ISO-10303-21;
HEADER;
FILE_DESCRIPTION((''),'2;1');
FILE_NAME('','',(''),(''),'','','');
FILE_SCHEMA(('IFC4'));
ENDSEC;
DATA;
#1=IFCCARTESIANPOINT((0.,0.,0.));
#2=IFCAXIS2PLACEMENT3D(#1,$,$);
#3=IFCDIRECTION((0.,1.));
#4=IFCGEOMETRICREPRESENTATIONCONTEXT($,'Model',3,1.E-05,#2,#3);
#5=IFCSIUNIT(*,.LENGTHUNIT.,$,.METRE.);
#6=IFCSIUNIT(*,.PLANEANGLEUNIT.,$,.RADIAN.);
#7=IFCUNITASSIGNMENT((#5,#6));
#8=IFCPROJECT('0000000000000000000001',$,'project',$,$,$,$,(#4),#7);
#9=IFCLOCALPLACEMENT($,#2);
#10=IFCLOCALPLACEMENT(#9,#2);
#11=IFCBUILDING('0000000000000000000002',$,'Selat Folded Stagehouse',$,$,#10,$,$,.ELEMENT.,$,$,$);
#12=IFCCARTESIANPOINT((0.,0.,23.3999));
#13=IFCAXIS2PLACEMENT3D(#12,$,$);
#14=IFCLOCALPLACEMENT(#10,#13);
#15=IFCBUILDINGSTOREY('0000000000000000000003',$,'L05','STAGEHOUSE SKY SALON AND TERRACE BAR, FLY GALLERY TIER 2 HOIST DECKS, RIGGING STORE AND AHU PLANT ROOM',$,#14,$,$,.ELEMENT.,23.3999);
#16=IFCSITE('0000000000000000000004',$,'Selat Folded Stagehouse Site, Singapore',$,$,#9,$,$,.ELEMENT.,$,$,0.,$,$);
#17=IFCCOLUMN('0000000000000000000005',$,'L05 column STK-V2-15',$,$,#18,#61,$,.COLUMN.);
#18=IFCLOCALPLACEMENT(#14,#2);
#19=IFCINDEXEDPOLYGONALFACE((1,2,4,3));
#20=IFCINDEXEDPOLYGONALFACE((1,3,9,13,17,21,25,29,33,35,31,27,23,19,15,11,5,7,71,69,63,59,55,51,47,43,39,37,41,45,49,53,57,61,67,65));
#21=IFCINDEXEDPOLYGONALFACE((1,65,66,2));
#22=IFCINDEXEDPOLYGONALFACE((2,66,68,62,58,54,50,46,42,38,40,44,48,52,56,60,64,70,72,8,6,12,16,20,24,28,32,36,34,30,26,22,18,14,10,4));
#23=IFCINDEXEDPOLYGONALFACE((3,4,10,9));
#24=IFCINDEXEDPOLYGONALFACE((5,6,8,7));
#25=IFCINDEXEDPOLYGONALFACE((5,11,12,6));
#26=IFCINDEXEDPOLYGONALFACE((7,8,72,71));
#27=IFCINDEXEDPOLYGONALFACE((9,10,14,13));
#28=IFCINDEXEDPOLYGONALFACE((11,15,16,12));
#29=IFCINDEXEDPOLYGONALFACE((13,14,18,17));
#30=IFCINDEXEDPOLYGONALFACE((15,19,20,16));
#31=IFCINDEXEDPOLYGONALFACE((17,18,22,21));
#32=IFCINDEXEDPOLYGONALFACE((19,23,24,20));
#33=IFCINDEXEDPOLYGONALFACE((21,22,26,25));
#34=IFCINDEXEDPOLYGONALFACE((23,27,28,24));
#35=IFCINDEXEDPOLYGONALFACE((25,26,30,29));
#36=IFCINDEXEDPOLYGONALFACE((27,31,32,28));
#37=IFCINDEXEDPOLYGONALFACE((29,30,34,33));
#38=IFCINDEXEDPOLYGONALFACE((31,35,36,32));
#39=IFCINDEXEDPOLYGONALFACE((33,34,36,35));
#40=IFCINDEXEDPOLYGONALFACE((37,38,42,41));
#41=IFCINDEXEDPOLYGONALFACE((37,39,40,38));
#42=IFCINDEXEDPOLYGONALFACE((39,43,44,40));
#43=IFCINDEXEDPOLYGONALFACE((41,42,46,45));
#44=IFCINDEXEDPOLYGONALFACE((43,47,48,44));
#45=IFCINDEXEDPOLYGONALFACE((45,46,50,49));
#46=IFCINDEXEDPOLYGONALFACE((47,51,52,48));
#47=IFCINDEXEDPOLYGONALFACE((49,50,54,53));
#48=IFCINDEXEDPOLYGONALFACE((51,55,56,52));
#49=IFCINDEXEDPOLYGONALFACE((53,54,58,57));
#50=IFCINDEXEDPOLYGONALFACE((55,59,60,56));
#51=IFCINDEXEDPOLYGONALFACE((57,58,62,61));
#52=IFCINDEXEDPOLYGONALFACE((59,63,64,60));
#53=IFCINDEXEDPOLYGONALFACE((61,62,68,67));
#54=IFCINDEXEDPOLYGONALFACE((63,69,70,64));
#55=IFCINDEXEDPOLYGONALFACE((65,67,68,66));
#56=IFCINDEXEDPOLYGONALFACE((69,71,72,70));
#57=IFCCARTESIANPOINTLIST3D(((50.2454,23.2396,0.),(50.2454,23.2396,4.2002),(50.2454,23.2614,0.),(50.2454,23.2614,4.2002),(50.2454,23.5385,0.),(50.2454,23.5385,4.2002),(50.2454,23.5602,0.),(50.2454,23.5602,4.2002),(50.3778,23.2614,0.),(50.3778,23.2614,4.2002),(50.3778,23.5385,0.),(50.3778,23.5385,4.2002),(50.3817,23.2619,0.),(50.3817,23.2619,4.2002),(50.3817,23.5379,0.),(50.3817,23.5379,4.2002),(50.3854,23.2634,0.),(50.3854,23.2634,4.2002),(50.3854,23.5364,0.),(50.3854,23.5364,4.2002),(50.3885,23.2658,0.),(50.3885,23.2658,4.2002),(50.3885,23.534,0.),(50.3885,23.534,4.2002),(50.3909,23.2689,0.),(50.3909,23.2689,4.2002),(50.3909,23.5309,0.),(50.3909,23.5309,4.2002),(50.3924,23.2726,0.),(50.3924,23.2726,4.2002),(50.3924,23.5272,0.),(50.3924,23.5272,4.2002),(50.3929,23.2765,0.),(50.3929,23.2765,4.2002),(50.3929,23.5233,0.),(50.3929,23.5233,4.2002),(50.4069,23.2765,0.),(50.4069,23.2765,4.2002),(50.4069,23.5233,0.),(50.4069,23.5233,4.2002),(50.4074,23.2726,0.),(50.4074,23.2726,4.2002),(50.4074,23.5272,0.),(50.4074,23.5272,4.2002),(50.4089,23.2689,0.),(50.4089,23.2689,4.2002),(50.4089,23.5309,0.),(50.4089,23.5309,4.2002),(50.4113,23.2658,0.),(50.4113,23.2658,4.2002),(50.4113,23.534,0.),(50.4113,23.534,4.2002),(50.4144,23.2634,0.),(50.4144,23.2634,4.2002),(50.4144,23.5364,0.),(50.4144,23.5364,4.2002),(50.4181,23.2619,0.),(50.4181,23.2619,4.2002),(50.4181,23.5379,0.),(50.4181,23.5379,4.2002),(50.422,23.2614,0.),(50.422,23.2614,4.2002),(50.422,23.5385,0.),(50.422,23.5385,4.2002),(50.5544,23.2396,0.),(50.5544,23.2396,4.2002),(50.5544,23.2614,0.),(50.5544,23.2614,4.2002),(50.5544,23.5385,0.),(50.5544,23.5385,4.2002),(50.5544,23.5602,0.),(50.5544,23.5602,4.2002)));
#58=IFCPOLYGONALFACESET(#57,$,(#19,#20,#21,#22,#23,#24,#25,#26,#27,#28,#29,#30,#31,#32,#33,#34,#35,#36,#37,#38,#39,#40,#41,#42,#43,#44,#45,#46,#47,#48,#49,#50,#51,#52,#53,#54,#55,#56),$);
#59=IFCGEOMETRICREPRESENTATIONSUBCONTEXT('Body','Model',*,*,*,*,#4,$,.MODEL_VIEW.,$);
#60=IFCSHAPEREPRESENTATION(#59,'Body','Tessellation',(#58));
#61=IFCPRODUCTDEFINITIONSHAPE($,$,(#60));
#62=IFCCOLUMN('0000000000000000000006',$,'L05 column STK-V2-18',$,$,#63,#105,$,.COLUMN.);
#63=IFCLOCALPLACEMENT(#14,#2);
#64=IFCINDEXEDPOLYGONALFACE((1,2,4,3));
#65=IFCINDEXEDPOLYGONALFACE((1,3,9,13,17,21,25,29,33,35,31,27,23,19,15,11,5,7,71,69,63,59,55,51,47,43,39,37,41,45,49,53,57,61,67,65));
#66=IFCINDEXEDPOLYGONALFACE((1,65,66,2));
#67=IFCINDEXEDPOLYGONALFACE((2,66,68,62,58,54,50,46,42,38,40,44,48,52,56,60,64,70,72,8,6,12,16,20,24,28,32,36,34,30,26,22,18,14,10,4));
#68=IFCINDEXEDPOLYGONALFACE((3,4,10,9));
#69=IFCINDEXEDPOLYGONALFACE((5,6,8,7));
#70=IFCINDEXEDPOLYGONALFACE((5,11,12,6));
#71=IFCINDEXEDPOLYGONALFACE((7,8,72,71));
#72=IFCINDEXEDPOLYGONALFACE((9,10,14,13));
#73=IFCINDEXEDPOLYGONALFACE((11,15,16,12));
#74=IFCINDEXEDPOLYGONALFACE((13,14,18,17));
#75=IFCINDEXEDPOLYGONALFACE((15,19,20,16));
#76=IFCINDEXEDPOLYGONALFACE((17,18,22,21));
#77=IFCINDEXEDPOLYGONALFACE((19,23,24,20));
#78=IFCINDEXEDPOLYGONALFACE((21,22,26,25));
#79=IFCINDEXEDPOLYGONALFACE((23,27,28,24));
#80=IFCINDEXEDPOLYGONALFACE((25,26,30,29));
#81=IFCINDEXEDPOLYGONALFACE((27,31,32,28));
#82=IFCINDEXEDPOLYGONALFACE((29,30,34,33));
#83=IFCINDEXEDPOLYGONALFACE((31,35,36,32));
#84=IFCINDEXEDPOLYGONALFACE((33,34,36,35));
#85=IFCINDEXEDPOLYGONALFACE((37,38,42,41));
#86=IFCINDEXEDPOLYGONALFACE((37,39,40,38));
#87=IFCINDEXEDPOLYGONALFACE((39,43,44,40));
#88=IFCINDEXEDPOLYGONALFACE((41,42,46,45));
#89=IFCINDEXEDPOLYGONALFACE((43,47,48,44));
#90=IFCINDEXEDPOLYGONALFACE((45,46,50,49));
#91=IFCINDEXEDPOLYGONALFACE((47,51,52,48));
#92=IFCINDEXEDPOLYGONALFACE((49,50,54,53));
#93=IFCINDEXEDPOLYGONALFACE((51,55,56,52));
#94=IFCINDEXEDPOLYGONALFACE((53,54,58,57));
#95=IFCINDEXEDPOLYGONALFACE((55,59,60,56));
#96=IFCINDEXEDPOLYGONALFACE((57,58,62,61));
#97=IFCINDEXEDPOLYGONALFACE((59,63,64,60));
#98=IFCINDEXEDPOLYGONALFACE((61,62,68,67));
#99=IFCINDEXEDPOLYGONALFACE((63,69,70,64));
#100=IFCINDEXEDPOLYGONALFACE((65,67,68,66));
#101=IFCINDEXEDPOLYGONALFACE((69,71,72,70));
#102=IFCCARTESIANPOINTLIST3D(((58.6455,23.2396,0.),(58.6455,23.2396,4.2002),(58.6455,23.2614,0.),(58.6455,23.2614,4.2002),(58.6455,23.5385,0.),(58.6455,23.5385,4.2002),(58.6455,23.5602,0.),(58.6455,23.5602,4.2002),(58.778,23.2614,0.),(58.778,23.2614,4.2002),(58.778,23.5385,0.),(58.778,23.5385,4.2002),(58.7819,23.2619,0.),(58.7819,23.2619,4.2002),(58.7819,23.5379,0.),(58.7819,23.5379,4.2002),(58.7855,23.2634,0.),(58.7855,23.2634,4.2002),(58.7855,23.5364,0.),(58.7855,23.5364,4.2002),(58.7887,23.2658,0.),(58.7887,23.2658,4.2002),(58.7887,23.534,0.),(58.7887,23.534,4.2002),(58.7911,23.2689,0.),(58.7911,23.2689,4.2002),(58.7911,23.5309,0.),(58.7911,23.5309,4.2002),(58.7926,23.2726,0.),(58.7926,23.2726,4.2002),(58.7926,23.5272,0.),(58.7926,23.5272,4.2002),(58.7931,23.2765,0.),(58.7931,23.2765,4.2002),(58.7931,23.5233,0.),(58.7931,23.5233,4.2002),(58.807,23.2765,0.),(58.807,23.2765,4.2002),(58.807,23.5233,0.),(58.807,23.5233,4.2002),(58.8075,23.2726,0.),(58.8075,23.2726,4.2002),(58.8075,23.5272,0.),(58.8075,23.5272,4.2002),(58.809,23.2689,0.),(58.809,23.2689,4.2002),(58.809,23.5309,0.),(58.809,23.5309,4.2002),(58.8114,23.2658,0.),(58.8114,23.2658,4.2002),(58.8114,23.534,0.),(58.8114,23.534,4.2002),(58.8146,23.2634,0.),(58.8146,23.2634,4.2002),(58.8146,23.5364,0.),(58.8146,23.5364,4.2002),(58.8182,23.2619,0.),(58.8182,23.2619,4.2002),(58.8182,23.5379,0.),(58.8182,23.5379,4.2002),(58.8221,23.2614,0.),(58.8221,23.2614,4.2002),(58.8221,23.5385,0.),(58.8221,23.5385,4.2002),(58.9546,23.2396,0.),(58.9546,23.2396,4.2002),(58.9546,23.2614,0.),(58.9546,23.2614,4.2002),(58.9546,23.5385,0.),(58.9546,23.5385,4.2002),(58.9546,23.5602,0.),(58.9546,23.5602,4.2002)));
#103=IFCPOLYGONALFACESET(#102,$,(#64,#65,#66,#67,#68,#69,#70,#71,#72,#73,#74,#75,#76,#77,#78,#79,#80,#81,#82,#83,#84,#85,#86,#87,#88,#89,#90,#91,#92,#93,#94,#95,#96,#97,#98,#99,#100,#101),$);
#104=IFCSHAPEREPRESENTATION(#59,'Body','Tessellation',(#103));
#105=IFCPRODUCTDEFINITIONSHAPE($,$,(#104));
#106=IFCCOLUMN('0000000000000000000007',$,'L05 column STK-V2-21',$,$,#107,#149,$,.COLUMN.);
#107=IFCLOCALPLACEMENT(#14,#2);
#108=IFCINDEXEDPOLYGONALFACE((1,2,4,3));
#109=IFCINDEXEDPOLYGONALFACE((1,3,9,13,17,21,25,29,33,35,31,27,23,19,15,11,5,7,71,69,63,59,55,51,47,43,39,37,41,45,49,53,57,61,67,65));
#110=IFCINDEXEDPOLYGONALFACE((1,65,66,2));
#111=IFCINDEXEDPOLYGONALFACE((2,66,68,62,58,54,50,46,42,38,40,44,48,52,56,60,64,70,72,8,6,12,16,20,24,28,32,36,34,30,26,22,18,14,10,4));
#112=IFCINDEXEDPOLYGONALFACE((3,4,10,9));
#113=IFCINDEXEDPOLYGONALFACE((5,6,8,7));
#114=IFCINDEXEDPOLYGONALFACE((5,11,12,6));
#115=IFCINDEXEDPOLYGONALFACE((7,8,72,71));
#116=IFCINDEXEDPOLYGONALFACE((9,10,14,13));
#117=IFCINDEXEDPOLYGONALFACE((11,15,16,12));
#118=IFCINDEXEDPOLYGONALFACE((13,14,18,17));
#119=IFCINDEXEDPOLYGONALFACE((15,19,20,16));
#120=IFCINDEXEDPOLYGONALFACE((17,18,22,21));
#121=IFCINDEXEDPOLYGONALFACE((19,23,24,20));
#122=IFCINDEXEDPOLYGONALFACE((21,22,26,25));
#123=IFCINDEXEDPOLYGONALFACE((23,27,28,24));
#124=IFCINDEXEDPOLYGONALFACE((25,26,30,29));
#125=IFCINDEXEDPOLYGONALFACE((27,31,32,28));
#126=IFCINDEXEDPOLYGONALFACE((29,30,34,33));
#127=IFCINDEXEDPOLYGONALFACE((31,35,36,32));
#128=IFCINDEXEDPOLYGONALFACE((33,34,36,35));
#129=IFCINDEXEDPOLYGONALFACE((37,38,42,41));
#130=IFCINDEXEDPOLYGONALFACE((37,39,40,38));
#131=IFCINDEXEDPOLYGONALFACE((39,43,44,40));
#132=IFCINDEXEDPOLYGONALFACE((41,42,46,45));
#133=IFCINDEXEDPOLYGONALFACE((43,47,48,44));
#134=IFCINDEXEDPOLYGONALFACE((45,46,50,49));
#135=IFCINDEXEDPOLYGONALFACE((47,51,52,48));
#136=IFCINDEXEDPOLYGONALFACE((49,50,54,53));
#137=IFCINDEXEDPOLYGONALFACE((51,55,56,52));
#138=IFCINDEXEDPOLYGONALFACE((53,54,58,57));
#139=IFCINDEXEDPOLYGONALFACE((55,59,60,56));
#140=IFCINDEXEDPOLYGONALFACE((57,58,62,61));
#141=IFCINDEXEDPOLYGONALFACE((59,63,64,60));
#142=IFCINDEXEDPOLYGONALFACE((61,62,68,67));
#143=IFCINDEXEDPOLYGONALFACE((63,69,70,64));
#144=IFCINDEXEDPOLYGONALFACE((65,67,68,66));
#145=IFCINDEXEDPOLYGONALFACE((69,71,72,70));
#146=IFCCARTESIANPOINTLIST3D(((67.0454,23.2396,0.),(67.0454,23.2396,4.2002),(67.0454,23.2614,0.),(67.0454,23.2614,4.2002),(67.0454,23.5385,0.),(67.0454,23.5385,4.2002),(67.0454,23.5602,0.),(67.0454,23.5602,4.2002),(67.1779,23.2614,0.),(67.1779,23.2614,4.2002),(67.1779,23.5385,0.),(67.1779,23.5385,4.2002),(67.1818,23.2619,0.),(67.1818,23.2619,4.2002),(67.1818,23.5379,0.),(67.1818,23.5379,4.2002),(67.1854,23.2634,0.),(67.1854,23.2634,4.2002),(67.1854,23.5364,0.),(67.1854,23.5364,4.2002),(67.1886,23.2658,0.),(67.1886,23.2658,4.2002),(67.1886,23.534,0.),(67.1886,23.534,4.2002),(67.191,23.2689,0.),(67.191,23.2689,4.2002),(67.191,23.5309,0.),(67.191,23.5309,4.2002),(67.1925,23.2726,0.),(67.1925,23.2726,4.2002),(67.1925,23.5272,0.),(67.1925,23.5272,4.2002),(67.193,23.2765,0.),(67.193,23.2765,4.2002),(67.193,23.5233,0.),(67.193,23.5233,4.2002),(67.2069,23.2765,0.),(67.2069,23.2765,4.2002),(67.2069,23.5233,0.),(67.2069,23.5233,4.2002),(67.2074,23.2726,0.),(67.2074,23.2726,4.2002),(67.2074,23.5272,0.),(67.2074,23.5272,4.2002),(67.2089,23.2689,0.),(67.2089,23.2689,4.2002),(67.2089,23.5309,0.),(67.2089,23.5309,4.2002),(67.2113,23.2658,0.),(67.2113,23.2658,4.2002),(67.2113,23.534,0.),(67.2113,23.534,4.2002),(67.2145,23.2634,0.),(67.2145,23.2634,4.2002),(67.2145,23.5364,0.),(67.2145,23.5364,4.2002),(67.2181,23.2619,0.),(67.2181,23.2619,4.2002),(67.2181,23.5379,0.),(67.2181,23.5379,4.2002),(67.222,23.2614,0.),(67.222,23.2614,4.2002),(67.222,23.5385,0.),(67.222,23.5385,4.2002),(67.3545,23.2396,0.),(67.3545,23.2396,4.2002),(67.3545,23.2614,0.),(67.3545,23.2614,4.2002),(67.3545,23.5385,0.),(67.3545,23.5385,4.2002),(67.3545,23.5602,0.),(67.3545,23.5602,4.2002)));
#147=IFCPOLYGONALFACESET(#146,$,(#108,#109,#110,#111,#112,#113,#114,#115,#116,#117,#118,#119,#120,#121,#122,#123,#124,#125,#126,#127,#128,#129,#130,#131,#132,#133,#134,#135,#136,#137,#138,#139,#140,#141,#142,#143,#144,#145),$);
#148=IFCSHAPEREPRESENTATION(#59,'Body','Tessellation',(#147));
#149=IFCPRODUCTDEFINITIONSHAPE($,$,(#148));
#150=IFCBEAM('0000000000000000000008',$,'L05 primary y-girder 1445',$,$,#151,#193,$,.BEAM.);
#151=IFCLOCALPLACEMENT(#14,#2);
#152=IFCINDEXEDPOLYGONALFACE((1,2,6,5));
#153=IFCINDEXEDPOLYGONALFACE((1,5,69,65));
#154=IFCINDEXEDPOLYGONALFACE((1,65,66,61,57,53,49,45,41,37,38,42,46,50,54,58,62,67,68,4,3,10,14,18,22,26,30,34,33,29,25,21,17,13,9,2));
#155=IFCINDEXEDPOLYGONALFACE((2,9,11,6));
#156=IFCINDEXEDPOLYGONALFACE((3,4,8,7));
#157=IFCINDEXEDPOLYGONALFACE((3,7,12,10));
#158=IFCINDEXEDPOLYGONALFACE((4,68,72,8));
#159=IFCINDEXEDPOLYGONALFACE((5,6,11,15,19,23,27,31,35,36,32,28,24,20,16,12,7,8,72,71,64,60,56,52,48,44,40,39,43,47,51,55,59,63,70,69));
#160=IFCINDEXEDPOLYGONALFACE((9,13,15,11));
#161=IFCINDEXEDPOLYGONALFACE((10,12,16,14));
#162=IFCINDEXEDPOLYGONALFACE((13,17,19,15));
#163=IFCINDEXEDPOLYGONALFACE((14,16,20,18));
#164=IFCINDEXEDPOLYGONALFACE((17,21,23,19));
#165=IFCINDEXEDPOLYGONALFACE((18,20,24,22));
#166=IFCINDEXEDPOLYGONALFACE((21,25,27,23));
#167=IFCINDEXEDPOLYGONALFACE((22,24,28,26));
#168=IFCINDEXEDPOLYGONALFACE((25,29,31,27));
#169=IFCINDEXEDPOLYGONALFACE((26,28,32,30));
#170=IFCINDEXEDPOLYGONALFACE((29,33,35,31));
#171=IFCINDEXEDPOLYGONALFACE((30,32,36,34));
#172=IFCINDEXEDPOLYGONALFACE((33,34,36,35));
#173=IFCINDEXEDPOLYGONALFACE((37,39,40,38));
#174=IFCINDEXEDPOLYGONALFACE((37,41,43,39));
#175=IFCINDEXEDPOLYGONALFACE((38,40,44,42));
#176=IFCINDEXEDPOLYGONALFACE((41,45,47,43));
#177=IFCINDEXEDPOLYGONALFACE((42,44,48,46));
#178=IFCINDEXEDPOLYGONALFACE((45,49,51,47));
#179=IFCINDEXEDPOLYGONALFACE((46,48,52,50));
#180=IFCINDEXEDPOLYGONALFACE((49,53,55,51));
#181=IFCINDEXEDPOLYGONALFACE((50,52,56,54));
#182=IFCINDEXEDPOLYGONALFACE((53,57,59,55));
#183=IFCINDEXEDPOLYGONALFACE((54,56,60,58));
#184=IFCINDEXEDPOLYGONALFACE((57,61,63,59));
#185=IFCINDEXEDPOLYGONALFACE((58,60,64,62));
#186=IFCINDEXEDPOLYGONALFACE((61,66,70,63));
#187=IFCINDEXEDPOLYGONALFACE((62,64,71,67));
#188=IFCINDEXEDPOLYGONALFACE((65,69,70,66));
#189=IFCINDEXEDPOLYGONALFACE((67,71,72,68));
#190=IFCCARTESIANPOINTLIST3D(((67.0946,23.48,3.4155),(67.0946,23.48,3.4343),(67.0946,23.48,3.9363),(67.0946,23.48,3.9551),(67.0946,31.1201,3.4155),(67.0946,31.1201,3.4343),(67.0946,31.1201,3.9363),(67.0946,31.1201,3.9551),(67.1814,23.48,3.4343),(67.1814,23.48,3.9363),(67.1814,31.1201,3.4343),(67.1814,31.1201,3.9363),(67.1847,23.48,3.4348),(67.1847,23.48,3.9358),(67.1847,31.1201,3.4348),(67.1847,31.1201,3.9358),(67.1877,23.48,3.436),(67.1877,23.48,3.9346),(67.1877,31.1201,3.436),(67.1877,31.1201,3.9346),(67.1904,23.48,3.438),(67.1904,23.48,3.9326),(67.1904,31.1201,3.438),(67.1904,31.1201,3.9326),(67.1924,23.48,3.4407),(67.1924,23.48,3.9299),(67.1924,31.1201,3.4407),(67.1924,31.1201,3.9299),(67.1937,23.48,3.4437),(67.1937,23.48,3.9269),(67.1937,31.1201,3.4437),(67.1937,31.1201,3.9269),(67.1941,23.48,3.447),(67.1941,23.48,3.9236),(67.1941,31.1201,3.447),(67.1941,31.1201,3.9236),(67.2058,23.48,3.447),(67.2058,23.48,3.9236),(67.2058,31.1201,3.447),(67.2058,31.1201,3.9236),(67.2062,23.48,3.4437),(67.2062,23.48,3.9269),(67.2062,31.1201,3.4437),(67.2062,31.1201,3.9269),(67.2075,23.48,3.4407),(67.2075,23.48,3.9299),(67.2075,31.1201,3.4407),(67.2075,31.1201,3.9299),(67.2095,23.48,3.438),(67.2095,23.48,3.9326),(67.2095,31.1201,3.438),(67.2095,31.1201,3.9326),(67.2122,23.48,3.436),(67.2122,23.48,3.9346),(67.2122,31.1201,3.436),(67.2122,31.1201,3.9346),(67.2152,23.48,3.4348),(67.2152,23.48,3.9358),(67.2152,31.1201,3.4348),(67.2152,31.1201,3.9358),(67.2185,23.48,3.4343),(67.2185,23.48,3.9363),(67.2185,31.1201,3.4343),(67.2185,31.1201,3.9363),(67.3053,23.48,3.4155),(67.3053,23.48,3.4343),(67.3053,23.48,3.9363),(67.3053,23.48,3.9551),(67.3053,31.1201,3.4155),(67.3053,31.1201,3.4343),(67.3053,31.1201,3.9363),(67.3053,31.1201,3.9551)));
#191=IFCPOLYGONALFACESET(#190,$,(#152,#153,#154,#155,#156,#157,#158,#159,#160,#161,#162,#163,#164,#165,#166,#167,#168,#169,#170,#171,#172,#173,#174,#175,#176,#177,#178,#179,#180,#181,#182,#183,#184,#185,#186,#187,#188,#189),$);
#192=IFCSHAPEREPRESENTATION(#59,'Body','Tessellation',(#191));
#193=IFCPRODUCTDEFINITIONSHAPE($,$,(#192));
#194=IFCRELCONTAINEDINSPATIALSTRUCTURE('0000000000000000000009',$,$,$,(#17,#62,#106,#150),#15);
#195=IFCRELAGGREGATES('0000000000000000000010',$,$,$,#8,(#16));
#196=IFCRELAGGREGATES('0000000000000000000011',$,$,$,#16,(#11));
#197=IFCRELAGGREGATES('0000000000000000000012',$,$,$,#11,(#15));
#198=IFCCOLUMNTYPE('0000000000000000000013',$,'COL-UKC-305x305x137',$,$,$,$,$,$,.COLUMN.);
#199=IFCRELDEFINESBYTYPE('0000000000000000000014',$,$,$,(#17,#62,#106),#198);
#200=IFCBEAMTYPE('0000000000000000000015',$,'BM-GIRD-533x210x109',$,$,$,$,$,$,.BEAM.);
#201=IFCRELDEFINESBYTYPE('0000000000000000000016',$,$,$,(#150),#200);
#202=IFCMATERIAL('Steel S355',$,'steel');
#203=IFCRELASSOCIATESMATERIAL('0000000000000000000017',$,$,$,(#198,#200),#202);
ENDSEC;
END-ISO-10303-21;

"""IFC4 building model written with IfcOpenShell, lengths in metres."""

from ifc_helpers import new_model, si_unit, direction, frame, origin, origin_2d, place, context, subcontext, project, spatial, i_section, extrude, material, material_profile, profile_set, type_object, element, save


model = new_model("IFC4")

# Units and contexts
model_context = context("Model", 3, precision=1e-05, world=origin(), true_north=direction((0.0, 1.0)))
body_context = subcontext(model_context, "Body", "Model", "MODEL_VIEW")
ifc_project = project(units=[si_unit("LENGTHUNIT", "METRE"), si_unit("PLANEANGLEUNIT", "RADIAN")], contexts=[model_context])

# Site, building, storey
site_placement = place(None, origin())
site = spatial("IfcSite", under=ifc_project, at=site_placement, Name="Selat Folded Stagehouse Site, Singapore", CompositionType="ELEMENT", RefElevation=0.0)
building_placement = place(site_placement, origin())
building = spatial("IfcBuilding", under=site, at=building_placement, Name="Selat Folded Stagehouse", CompositionType="ELEMENT")
storey_placement = place(building_placement, frame((0.0, 0.0, 23.3999)))
storey = spatial("IfcBuildingStorey", under=building, at=storey_placement, Name="L05", Description="STAGEHOUSE SKY SALON AND TERRACE BAR, FLY GALLERY TIER 2 HOIST DECKS, RIGGING STORE AND AHU PLANT ROOM", CompositionType="ELEMENT", Elevation=23.3999)

# Columns
ifc_material_1 = material(Name="Steel S355", Category="steel")
ifc_material_profile_1 = material_profile(ifc_material_1, i_section(OverallWidth=0.3091, OverallDepth=0.3206, WebThickness=0.0139, FlangeThickness=0.0217, FilletRadius=0.0151, at=origin_2d()), Name="UKC 305x305x137")
ifc_profile_set_1 = profile_set([ifc_material_profile_1], Name="Steel S355")
column_type = type_object("IfcColumnType", Name="COL-UKC-305x305x137", PredefinedType="COLUMN", material=ifc_profile_set_1)
for number, where, z_axis, x_axis, name in (
    (1, (50.3999, 23.3999, 0.0), (0.0, 0.0, 1.0), (1.0, 0.0, 0.0), "L05 column STK-V2-15"),
    (2, (58.8, 23.3999, 0.0), (0.0, 0.0, 1.0), (1.0, 0.0, 0.0), "L05 column STK-V2-18"),
    (3, (67.2, 23.3999, 0.0), (0.0, 0.0, 1.0), (1.0, 0.0, 0.0), "L05 column STK-V2-21"),
):
    element("IfcColumn", number, at=place(storey_placement, frame(where, z_axis=z_axis, x_axis=x_axis)), inside=storey, type_object=column_type, Name=name, PredefinedType="COLUMN", context=body_context, shape_type="SweptSolid", body=[
        extrude(i_section(OverallWidth=0.3091, OverallDepth=0.3206, WebThickness=0.0139, FlangeThickness=0.0217, FilletRadius=0.0151, at=origin_2d()), origin(), (0.0, 0.0, 1.0), 4.2002),
    ])

# Beam
ifc_material_profile_2 = material_profile(ifc_material_1, i_section(OverallWidth=0.2107, OverallDepth=0.5396, WebThickness=0.0117, FlangeThickness=0.0188, FilletRadius=0.0127, at=origin_2d()), Name="UKB 533x210x109")
ifc_profile_set_2 = profile_set([ifc_material_profile_2], Name="Steel S355")
beam_type_1 = type_object("IfcBeamType", Name="BM-GIRD-533x210x109", PredefinedType="BEAM", material=ifc_profile_set_2)
beam_1_placement = place(storey_placement, frame((67.2, 23.48, 3.6853), z_axis=(0.0, 1.0, 0.0), x_axis=(-1.0, 0.0, 0.0)))
element("IfcBeam", 4, at=beam_1_placement, inside=storey, type_object=beam_type_1, Name="L05 primary y-girder 1445", PredefinedType="BEAM", context=body_context, shape_type="SweptSolid", body=[
    extrude(i_section(OverallWidth=0.2107, OverallDepth=0.5396, WebThickness=0.0117, FlangeThickness=0.0188, FilletRadius=0.0127, at=origin_2d()), origin(), (0.0, 0.0, 1.0), 7.6401),
])

save(model, "model.ifc")
